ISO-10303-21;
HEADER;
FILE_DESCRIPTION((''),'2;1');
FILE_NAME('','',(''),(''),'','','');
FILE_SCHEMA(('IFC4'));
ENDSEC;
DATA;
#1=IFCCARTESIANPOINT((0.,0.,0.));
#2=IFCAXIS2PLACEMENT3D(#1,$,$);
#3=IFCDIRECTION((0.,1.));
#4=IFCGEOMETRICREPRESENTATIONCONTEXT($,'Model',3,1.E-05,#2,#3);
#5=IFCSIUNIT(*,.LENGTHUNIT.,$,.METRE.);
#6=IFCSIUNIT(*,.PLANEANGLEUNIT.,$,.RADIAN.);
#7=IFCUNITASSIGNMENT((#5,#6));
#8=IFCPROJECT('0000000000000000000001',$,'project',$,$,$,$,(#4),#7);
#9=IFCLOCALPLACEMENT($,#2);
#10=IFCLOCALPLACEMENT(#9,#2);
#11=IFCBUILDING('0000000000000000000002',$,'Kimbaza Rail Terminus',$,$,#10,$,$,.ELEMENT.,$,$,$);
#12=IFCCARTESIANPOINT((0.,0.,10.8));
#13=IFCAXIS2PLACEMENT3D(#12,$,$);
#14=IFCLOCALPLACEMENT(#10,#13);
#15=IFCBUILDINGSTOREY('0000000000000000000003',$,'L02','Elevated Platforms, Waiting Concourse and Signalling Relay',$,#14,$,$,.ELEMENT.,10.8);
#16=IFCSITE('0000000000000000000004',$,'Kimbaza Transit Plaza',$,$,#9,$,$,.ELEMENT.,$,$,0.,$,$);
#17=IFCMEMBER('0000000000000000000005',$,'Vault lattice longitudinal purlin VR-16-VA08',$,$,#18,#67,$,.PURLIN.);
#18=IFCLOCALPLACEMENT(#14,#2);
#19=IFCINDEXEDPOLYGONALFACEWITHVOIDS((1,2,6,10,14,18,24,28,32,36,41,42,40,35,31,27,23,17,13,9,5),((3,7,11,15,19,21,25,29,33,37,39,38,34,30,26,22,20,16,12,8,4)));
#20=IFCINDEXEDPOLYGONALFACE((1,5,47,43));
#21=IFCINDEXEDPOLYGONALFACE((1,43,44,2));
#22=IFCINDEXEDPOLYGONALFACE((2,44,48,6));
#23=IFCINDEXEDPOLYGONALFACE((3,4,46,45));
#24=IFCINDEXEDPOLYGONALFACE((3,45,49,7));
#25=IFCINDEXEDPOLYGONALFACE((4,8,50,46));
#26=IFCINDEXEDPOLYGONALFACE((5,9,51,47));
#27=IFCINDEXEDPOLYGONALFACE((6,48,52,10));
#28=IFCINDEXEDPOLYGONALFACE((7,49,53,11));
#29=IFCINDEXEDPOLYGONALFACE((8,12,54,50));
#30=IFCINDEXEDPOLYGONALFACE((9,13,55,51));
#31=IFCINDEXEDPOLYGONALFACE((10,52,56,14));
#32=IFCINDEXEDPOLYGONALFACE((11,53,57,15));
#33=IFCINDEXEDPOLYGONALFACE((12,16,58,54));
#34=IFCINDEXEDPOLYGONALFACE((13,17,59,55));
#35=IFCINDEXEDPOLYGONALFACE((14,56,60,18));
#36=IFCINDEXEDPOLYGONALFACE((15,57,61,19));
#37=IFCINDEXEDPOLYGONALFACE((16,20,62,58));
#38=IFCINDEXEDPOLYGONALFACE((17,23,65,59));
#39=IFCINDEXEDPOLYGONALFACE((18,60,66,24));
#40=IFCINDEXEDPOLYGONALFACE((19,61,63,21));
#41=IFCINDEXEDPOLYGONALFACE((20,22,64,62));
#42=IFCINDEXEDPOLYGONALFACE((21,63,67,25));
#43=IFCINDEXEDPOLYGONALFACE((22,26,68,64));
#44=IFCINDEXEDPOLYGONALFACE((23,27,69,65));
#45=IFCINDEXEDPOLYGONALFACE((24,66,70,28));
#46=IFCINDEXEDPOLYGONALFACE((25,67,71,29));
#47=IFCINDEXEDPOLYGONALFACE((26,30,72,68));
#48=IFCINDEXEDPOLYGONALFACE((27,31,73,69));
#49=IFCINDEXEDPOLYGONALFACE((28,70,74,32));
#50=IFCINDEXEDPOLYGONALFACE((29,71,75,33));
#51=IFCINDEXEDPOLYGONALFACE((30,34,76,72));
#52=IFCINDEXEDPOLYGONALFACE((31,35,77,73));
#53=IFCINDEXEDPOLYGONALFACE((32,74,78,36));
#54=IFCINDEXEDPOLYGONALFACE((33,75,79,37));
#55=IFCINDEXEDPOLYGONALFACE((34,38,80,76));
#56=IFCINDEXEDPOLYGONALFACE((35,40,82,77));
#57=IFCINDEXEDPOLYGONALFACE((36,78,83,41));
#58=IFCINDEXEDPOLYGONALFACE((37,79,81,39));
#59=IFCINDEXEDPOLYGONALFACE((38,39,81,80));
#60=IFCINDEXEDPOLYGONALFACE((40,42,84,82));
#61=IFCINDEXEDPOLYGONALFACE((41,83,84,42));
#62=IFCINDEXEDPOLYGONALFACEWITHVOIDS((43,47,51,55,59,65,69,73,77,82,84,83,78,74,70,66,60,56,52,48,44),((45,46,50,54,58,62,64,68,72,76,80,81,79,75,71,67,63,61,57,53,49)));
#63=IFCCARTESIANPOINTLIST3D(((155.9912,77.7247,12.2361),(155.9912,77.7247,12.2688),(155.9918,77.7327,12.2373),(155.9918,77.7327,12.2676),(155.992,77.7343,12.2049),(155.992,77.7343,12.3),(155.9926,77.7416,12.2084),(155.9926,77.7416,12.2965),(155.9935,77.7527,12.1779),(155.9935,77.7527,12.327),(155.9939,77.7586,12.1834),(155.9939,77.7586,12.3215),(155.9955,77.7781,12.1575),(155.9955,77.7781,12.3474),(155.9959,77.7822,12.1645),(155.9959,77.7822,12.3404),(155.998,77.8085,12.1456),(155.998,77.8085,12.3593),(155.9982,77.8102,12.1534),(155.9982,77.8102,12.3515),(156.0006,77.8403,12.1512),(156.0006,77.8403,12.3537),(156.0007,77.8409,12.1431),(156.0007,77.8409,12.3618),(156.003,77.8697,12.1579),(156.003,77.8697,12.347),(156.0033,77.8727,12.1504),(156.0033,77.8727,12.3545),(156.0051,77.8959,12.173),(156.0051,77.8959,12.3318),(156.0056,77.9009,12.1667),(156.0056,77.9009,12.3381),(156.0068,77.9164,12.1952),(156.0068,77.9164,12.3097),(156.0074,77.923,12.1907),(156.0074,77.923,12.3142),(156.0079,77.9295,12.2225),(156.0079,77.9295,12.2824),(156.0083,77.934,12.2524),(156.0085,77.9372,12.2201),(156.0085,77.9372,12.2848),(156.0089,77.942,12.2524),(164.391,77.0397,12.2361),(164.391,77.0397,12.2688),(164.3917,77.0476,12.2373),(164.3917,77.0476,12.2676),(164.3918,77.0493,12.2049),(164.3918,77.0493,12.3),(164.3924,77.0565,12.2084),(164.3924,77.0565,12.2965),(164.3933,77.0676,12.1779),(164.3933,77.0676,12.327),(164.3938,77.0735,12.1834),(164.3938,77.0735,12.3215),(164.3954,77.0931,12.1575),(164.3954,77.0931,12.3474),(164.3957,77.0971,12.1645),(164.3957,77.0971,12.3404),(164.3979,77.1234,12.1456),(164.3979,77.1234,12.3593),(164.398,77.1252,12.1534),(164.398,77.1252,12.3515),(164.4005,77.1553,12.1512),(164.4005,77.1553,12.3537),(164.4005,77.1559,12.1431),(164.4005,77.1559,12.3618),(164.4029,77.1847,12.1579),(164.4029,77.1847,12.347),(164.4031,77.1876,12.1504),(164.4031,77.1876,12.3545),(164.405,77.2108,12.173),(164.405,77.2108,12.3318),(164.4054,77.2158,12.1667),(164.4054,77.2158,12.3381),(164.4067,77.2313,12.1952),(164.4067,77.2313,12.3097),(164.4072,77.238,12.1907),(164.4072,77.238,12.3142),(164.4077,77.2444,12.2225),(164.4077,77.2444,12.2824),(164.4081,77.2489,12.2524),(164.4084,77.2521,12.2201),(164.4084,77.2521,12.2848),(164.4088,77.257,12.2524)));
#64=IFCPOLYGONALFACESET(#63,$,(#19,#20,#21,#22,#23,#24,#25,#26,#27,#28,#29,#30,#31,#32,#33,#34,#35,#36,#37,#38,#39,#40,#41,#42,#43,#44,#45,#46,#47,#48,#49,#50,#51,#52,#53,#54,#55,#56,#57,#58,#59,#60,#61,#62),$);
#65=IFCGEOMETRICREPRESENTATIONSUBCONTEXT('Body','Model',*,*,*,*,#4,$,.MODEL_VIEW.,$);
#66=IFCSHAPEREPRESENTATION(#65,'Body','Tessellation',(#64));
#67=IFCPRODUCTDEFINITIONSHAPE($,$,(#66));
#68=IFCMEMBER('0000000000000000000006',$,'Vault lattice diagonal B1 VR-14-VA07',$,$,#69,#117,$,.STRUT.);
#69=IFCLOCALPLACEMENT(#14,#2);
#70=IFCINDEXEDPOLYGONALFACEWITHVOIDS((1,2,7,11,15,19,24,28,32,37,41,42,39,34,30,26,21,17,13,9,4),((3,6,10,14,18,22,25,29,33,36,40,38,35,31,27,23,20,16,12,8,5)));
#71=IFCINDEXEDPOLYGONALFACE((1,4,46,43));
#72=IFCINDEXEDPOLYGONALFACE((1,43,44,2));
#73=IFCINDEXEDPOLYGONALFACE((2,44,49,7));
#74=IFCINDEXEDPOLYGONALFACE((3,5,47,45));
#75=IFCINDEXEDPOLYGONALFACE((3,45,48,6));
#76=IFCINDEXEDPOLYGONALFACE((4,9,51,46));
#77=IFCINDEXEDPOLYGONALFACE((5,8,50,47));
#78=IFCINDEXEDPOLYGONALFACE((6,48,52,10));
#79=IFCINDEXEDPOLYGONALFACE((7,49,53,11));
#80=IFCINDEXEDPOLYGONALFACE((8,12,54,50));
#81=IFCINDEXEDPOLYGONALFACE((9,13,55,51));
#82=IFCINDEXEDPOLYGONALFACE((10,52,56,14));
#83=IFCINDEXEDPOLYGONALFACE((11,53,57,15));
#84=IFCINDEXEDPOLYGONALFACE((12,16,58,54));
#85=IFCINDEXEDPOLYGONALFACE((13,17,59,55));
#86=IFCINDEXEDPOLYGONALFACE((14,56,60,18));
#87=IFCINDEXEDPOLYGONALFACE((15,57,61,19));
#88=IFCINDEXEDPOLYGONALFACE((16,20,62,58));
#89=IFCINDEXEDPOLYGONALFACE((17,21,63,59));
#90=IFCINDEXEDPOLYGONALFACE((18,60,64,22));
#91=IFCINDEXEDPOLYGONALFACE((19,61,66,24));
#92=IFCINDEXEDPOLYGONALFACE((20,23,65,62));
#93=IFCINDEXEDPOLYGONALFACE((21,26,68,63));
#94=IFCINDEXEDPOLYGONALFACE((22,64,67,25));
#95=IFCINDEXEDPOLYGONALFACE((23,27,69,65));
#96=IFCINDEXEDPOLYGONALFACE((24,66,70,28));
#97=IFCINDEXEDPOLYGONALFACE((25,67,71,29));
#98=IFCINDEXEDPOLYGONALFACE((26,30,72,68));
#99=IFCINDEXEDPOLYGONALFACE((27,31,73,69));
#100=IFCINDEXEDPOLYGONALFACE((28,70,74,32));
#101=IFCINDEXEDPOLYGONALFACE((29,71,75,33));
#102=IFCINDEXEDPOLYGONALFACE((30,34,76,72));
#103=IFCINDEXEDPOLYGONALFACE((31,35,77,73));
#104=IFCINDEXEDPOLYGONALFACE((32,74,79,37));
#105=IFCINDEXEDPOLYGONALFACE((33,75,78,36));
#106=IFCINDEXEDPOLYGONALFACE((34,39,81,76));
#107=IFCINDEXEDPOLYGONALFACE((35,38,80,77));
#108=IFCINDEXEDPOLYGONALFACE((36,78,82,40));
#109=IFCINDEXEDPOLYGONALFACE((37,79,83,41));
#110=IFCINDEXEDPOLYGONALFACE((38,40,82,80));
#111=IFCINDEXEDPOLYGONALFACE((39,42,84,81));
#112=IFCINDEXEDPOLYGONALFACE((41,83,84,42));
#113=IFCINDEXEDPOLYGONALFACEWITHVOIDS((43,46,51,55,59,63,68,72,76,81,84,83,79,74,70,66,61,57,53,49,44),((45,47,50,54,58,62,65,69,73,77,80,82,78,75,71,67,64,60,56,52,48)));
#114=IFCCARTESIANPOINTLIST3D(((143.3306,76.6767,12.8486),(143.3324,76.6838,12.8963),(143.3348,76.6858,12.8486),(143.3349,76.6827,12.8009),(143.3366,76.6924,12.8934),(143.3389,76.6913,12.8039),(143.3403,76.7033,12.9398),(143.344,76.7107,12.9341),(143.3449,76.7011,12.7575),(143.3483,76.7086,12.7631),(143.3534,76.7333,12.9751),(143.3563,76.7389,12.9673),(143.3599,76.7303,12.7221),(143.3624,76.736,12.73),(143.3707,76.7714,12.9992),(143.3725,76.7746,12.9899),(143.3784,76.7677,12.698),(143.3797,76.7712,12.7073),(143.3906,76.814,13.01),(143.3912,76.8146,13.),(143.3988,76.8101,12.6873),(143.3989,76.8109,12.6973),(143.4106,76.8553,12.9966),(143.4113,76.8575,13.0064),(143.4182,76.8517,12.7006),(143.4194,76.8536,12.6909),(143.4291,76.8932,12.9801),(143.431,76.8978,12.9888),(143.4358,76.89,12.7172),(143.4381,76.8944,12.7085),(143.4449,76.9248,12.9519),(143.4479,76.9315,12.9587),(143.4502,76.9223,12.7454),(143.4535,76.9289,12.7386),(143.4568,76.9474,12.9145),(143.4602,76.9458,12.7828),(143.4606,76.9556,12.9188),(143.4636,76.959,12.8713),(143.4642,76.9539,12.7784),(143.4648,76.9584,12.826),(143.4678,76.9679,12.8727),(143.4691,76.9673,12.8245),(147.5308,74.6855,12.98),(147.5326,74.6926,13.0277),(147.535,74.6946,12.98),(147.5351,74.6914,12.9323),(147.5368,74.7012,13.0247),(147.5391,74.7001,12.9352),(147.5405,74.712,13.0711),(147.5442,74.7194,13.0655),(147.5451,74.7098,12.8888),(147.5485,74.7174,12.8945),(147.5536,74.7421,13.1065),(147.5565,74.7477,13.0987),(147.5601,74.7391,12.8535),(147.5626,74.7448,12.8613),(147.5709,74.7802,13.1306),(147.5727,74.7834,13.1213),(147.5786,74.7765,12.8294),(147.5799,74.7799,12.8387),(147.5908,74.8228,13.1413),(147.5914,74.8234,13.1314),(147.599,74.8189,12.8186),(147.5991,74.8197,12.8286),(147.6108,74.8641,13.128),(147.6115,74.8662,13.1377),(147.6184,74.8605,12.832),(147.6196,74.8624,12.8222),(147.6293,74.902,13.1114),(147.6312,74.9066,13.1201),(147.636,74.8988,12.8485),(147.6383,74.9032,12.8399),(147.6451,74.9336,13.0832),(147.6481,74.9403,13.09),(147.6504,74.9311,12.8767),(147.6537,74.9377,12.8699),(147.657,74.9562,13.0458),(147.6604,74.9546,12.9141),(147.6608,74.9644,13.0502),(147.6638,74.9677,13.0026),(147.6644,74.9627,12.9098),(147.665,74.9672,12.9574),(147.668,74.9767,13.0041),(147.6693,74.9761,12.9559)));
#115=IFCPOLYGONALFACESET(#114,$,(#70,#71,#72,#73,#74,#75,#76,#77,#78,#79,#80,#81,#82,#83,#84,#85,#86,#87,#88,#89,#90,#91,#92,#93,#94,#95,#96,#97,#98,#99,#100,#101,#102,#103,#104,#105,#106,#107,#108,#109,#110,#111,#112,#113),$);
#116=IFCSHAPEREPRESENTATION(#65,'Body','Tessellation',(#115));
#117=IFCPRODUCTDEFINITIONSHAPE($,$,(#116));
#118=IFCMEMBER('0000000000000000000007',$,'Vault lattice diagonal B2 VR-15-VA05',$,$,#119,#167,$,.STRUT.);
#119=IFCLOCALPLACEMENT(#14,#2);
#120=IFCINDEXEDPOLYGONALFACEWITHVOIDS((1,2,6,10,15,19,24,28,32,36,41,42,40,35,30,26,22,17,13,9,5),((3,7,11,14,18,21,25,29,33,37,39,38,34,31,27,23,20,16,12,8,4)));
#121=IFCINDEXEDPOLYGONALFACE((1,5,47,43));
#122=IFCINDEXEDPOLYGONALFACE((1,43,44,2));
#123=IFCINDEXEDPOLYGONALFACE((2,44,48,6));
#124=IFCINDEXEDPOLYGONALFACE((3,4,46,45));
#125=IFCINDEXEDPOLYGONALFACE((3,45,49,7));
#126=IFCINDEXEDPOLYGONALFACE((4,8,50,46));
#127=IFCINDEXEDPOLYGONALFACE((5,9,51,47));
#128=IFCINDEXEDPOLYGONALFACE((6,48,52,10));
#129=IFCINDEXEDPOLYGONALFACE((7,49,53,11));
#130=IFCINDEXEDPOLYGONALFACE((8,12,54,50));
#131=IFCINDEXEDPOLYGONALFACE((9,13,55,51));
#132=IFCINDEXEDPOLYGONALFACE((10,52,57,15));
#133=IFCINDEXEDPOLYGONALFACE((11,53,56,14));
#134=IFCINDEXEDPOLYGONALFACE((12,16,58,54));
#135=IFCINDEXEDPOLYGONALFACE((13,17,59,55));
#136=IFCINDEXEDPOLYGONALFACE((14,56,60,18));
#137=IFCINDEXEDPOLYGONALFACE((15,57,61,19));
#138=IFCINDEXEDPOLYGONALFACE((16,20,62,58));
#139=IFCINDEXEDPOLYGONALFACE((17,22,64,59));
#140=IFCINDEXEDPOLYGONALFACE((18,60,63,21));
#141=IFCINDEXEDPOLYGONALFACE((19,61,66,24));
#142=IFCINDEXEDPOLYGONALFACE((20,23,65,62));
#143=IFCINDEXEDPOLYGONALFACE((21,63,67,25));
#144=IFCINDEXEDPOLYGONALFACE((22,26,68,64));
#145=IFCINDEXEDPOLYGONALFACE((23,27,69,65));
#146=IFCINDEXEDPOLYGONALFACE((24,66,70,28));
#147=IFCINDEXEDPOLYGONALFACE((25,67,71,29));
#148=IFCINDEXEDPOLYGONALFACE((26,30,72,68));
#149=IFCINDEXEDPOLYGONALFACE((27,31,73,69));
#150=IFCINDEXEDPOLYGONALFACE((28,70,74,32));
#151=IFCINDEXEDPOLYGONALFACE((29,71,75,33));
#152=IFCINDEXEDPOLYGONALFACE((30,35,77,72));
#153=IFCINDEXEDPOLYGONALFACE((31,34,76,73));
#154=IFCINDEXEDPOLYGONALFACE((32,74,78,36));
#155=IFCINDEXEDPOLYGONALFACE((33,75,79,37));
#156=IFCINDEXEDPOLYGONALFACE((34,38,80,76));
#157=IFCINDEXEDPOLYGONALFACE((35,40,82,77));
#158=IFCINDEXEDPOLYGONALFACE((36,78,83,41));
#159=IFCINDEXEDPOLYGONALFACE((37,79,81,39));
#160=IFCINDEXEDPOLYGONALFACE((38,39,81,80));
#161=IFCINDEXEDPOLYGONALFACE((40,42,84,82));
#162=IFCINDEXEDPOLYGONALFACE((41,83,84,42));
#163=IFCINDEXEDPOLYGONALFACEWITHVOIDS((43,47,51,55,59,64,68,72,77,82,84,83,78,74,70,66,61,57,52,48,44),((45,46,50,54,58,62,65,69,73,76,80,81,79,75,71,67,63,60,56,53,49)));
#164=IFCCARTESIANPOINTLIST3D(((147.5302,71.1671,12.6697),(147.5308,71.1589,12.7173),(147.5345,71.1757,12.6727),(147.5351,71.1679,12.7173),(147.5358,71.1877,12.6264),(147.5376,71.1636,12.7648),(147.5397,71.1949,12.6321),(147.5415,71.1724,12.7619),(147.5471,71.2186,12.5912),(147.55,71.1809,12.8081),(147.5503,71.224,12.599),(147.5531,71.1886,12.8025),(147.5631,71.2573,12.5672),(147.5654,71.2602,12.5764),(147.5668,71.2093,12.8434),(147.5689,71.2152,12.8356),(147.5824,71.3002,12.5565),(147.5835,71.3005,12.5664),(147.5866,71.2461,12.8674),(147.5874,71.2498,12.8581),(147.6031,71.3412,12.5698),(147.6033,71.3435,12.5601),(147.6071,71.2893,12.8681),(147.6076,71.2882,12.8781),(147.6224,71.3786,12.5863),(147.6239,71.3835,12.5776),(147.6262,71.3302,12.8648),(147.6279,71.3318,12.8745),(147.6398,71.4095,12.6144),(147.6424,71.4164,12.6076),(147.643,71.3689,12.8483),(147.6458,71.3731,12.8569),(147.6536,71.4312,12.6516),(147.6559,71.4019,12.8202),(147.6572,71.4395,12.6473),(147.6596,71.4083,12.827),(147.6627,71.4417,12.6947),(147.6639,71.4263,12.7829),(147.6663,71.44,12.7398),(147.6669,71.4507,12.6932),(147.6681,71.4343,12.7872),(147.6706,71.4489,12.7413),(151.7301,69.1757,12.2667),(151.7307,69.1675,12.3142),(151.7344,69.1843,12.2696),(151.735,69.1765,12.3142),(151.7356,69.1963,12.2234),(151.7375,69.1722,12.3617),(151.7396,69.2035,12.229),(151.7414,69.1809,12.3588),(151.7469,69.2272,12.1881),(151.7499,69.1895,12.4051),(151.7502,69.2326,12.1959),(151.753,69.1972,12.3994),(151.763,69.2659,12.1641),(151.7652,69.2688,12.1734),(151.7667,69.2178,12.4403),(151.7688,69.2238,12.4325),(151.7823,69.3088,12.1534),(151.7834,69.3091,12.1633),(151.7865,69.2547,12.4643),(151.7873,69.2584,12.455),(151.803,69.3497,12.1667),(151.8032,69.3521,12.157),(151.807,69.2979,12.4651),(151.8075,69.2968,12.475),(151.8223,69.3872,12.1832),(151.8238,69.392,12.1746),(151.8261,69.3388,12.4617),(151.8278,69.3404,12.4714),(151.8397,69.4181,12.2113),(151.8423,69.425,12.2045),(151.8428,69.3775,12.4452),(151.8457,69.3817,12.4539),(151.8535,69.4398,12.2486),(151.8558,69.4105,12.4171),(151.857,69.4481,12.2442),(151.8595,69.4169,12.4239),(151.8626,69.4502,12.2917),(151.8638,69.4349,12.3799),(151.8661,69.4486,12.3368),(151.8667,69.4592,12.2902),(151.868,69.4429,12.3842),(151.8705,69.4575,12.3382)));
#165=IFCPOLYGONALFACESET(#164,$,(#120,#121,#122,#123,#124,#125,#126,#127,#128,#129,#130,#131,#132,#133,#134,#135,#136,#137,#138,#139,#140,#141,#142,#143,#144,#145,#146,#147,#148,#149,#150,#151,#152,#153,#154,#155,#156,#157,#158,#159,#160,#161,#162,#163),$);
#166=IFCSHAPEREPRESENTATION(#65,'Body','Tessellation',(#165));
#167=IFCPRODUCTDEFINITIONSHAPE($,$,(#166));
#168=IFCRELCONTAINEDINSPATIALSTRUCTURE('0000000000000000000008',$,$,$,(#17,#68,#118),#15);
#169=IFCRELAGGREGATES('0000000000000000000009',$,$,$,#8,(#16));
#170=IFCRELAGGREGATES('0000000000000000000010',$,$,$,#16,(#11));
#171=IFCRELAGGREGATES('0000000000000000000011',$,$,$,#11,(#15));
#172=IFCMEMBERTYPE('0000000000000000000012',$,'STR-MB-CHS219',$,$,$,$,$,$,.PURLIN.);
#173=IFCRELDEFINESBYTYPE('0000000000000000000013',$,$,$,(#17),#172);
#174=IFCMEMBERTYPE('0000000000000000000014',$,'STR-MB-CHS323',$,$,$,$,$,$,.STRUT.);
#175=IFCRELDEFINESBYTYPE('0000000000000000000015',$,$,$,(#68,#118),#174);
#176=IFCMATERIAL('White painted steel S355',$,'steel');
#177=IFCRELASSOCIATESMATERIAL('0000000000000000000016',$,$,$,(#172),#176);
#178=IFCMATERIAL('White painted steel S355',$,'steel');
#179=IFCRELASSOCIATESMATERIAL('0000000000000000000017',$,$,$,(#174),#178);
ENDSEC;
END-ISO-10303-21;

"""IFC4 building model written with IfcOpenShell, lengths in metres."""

from ifc_helpers import new_model, si_unit, direction, frame, origin, origin_2d, place, context, subcontext, project, spatial, hollow_circle, extrude, material, material_profile, profile_set, type_object, element, save


model = new_model("IFC4")

# Units and contexts
model_context = context("Model", 3, precision=1e-05, world=origin(), true_north=direction((0.0, 1.0)))
body_context = subcontext(model_context, "Body", "Model", "MODEL_VIEW")
ifc_project = project(units=[si_unit("LENGTHUNIT", "METRE"), si_unit("PLANEANGLEUNIT", "RADIAN")], contexts=[model_context])

# Site, building, storey
site_placement = place(None, origin())
site = spatial("IfcSite", under=ifc_project, at=site_placement, Name="Kimbaza Transit Plaza", CompositionType="ELEMENT", RefElevation=0.0)
building_placement = place(site_placement, origin())
building = spatial("IfcBuilding", under=site, at=building_placement, Name="Kimbaza Rail Terminus", CompositionType="ELEMENT")
storey_placement = place(building_placement, frame((0.0, 0.0, 10.8)))
storey = spatial("IfcBuildingStorey", under=building, at=storey_placement, Name="L02", Description="Elevated Platforms, Waiting Concourse and Signalling Relay", CompositionType="ELEMENT", Elevation=10.8)

# Members
ifc_material_1 = material(Name="White painted steel S355", Category="steel")
ifc_material_profile_1 = material_profile(ifc_material_1, hollow_circle(Radius=0.1096, WallThickness=0.0081, at=origin_2d()), Name="CHS 219.1x8")
ifc_profile_set_1 = profile_set([ifc_material_profile_1], Name="White painted steel S355")
member_type_1 = type_object("IfcMemberType", Name="STR-MB-CHS219", PredefinedType="PURLIN", material=ifc_profile_set_1)
for number, where, z_axis, x_axis, name in (
    (1, (156.0, 77.8328, 12.2524), (0.996691, -0.081286, 0.0), (0.081286, 0.996691, 0.0), "Vault lattice longitudinal purlin VR-16-VA08"),
):
    element("IfcMember", number, at=place(storey_placement, frame(where, z_axis=z_axis, x_axis=x_axis)), inside=storey, type_object=member_type_1, Name=name, PredefinedType="PURLIN", context=body_context, shape_type="SweptSolid", body=[
        extrude(hollow_circle(Radius=0.1096, WallThickness=0.0081, at=origin_2d()), origin(), (0.0, 0.0, 1.0), 8.4277),
    ])
ifc_material_2 = material(Name="White painted steel S355", Category="steel")
ifc_material_profile_2 = material_profile(ifc_material_2, hollow_circle(Radius=0.1619, WallThickness=0.01, at=origin_2d()), Name="CHS 323.9x10")
ifc_profile_set_2 = profile_set([ifc_material_profile_2], Name="White painted steel S355")
member_type_2 = type_object("IfcMemberType", Name="STR-MB-CHS323", PredefinedType="STRUT", material=ifc_profile_set_2)
member_1_placement = place(storey_placement, frame((147.6001, 74.8318, 12.98), z_axis=(-0.90324, 0.428204, -0.028246), x_axis=(-0.428375, -0.903601, 0.0)))
element("IfcMember", 2, at=member_1_placement, inside=storey, type_object=member_type_2, Name="Vault lattice diagonal B1 VR-14-VA07", PredefinedType="STRUT", context=body_context, shape_type="SweptSolid", body=[
    extrude(hollow_circle(Radius=0.1619, WallThickness=0.01, at=origin_2d()), origin(), (0.0, 0.0, 1.0), 4.6501),
])
member_2_placement = place(storey_placement, frame((151.8, 69.3137, 12.3142), z_axis=(-0.900193, 0.426837, 0.086393), x_axis=(-0.428439, -0.903571, 0.0)))
element("IfcMember", 3, at=member_2_placement, inside=storey, type_object=member_type_2, Name="Vault lattice diagonal B2 VR-15-VA05", PredefinedType="STRUT", context=body_context, shape_type="SweptSolid", body=[
    extrude(hollow_circle(Radius=0.1619, WallThickness=0.01, at=origin_2d()), origin(), (0.0, 0.0, 1.0), 4.6655),
])

save(model, "model.ifc")
